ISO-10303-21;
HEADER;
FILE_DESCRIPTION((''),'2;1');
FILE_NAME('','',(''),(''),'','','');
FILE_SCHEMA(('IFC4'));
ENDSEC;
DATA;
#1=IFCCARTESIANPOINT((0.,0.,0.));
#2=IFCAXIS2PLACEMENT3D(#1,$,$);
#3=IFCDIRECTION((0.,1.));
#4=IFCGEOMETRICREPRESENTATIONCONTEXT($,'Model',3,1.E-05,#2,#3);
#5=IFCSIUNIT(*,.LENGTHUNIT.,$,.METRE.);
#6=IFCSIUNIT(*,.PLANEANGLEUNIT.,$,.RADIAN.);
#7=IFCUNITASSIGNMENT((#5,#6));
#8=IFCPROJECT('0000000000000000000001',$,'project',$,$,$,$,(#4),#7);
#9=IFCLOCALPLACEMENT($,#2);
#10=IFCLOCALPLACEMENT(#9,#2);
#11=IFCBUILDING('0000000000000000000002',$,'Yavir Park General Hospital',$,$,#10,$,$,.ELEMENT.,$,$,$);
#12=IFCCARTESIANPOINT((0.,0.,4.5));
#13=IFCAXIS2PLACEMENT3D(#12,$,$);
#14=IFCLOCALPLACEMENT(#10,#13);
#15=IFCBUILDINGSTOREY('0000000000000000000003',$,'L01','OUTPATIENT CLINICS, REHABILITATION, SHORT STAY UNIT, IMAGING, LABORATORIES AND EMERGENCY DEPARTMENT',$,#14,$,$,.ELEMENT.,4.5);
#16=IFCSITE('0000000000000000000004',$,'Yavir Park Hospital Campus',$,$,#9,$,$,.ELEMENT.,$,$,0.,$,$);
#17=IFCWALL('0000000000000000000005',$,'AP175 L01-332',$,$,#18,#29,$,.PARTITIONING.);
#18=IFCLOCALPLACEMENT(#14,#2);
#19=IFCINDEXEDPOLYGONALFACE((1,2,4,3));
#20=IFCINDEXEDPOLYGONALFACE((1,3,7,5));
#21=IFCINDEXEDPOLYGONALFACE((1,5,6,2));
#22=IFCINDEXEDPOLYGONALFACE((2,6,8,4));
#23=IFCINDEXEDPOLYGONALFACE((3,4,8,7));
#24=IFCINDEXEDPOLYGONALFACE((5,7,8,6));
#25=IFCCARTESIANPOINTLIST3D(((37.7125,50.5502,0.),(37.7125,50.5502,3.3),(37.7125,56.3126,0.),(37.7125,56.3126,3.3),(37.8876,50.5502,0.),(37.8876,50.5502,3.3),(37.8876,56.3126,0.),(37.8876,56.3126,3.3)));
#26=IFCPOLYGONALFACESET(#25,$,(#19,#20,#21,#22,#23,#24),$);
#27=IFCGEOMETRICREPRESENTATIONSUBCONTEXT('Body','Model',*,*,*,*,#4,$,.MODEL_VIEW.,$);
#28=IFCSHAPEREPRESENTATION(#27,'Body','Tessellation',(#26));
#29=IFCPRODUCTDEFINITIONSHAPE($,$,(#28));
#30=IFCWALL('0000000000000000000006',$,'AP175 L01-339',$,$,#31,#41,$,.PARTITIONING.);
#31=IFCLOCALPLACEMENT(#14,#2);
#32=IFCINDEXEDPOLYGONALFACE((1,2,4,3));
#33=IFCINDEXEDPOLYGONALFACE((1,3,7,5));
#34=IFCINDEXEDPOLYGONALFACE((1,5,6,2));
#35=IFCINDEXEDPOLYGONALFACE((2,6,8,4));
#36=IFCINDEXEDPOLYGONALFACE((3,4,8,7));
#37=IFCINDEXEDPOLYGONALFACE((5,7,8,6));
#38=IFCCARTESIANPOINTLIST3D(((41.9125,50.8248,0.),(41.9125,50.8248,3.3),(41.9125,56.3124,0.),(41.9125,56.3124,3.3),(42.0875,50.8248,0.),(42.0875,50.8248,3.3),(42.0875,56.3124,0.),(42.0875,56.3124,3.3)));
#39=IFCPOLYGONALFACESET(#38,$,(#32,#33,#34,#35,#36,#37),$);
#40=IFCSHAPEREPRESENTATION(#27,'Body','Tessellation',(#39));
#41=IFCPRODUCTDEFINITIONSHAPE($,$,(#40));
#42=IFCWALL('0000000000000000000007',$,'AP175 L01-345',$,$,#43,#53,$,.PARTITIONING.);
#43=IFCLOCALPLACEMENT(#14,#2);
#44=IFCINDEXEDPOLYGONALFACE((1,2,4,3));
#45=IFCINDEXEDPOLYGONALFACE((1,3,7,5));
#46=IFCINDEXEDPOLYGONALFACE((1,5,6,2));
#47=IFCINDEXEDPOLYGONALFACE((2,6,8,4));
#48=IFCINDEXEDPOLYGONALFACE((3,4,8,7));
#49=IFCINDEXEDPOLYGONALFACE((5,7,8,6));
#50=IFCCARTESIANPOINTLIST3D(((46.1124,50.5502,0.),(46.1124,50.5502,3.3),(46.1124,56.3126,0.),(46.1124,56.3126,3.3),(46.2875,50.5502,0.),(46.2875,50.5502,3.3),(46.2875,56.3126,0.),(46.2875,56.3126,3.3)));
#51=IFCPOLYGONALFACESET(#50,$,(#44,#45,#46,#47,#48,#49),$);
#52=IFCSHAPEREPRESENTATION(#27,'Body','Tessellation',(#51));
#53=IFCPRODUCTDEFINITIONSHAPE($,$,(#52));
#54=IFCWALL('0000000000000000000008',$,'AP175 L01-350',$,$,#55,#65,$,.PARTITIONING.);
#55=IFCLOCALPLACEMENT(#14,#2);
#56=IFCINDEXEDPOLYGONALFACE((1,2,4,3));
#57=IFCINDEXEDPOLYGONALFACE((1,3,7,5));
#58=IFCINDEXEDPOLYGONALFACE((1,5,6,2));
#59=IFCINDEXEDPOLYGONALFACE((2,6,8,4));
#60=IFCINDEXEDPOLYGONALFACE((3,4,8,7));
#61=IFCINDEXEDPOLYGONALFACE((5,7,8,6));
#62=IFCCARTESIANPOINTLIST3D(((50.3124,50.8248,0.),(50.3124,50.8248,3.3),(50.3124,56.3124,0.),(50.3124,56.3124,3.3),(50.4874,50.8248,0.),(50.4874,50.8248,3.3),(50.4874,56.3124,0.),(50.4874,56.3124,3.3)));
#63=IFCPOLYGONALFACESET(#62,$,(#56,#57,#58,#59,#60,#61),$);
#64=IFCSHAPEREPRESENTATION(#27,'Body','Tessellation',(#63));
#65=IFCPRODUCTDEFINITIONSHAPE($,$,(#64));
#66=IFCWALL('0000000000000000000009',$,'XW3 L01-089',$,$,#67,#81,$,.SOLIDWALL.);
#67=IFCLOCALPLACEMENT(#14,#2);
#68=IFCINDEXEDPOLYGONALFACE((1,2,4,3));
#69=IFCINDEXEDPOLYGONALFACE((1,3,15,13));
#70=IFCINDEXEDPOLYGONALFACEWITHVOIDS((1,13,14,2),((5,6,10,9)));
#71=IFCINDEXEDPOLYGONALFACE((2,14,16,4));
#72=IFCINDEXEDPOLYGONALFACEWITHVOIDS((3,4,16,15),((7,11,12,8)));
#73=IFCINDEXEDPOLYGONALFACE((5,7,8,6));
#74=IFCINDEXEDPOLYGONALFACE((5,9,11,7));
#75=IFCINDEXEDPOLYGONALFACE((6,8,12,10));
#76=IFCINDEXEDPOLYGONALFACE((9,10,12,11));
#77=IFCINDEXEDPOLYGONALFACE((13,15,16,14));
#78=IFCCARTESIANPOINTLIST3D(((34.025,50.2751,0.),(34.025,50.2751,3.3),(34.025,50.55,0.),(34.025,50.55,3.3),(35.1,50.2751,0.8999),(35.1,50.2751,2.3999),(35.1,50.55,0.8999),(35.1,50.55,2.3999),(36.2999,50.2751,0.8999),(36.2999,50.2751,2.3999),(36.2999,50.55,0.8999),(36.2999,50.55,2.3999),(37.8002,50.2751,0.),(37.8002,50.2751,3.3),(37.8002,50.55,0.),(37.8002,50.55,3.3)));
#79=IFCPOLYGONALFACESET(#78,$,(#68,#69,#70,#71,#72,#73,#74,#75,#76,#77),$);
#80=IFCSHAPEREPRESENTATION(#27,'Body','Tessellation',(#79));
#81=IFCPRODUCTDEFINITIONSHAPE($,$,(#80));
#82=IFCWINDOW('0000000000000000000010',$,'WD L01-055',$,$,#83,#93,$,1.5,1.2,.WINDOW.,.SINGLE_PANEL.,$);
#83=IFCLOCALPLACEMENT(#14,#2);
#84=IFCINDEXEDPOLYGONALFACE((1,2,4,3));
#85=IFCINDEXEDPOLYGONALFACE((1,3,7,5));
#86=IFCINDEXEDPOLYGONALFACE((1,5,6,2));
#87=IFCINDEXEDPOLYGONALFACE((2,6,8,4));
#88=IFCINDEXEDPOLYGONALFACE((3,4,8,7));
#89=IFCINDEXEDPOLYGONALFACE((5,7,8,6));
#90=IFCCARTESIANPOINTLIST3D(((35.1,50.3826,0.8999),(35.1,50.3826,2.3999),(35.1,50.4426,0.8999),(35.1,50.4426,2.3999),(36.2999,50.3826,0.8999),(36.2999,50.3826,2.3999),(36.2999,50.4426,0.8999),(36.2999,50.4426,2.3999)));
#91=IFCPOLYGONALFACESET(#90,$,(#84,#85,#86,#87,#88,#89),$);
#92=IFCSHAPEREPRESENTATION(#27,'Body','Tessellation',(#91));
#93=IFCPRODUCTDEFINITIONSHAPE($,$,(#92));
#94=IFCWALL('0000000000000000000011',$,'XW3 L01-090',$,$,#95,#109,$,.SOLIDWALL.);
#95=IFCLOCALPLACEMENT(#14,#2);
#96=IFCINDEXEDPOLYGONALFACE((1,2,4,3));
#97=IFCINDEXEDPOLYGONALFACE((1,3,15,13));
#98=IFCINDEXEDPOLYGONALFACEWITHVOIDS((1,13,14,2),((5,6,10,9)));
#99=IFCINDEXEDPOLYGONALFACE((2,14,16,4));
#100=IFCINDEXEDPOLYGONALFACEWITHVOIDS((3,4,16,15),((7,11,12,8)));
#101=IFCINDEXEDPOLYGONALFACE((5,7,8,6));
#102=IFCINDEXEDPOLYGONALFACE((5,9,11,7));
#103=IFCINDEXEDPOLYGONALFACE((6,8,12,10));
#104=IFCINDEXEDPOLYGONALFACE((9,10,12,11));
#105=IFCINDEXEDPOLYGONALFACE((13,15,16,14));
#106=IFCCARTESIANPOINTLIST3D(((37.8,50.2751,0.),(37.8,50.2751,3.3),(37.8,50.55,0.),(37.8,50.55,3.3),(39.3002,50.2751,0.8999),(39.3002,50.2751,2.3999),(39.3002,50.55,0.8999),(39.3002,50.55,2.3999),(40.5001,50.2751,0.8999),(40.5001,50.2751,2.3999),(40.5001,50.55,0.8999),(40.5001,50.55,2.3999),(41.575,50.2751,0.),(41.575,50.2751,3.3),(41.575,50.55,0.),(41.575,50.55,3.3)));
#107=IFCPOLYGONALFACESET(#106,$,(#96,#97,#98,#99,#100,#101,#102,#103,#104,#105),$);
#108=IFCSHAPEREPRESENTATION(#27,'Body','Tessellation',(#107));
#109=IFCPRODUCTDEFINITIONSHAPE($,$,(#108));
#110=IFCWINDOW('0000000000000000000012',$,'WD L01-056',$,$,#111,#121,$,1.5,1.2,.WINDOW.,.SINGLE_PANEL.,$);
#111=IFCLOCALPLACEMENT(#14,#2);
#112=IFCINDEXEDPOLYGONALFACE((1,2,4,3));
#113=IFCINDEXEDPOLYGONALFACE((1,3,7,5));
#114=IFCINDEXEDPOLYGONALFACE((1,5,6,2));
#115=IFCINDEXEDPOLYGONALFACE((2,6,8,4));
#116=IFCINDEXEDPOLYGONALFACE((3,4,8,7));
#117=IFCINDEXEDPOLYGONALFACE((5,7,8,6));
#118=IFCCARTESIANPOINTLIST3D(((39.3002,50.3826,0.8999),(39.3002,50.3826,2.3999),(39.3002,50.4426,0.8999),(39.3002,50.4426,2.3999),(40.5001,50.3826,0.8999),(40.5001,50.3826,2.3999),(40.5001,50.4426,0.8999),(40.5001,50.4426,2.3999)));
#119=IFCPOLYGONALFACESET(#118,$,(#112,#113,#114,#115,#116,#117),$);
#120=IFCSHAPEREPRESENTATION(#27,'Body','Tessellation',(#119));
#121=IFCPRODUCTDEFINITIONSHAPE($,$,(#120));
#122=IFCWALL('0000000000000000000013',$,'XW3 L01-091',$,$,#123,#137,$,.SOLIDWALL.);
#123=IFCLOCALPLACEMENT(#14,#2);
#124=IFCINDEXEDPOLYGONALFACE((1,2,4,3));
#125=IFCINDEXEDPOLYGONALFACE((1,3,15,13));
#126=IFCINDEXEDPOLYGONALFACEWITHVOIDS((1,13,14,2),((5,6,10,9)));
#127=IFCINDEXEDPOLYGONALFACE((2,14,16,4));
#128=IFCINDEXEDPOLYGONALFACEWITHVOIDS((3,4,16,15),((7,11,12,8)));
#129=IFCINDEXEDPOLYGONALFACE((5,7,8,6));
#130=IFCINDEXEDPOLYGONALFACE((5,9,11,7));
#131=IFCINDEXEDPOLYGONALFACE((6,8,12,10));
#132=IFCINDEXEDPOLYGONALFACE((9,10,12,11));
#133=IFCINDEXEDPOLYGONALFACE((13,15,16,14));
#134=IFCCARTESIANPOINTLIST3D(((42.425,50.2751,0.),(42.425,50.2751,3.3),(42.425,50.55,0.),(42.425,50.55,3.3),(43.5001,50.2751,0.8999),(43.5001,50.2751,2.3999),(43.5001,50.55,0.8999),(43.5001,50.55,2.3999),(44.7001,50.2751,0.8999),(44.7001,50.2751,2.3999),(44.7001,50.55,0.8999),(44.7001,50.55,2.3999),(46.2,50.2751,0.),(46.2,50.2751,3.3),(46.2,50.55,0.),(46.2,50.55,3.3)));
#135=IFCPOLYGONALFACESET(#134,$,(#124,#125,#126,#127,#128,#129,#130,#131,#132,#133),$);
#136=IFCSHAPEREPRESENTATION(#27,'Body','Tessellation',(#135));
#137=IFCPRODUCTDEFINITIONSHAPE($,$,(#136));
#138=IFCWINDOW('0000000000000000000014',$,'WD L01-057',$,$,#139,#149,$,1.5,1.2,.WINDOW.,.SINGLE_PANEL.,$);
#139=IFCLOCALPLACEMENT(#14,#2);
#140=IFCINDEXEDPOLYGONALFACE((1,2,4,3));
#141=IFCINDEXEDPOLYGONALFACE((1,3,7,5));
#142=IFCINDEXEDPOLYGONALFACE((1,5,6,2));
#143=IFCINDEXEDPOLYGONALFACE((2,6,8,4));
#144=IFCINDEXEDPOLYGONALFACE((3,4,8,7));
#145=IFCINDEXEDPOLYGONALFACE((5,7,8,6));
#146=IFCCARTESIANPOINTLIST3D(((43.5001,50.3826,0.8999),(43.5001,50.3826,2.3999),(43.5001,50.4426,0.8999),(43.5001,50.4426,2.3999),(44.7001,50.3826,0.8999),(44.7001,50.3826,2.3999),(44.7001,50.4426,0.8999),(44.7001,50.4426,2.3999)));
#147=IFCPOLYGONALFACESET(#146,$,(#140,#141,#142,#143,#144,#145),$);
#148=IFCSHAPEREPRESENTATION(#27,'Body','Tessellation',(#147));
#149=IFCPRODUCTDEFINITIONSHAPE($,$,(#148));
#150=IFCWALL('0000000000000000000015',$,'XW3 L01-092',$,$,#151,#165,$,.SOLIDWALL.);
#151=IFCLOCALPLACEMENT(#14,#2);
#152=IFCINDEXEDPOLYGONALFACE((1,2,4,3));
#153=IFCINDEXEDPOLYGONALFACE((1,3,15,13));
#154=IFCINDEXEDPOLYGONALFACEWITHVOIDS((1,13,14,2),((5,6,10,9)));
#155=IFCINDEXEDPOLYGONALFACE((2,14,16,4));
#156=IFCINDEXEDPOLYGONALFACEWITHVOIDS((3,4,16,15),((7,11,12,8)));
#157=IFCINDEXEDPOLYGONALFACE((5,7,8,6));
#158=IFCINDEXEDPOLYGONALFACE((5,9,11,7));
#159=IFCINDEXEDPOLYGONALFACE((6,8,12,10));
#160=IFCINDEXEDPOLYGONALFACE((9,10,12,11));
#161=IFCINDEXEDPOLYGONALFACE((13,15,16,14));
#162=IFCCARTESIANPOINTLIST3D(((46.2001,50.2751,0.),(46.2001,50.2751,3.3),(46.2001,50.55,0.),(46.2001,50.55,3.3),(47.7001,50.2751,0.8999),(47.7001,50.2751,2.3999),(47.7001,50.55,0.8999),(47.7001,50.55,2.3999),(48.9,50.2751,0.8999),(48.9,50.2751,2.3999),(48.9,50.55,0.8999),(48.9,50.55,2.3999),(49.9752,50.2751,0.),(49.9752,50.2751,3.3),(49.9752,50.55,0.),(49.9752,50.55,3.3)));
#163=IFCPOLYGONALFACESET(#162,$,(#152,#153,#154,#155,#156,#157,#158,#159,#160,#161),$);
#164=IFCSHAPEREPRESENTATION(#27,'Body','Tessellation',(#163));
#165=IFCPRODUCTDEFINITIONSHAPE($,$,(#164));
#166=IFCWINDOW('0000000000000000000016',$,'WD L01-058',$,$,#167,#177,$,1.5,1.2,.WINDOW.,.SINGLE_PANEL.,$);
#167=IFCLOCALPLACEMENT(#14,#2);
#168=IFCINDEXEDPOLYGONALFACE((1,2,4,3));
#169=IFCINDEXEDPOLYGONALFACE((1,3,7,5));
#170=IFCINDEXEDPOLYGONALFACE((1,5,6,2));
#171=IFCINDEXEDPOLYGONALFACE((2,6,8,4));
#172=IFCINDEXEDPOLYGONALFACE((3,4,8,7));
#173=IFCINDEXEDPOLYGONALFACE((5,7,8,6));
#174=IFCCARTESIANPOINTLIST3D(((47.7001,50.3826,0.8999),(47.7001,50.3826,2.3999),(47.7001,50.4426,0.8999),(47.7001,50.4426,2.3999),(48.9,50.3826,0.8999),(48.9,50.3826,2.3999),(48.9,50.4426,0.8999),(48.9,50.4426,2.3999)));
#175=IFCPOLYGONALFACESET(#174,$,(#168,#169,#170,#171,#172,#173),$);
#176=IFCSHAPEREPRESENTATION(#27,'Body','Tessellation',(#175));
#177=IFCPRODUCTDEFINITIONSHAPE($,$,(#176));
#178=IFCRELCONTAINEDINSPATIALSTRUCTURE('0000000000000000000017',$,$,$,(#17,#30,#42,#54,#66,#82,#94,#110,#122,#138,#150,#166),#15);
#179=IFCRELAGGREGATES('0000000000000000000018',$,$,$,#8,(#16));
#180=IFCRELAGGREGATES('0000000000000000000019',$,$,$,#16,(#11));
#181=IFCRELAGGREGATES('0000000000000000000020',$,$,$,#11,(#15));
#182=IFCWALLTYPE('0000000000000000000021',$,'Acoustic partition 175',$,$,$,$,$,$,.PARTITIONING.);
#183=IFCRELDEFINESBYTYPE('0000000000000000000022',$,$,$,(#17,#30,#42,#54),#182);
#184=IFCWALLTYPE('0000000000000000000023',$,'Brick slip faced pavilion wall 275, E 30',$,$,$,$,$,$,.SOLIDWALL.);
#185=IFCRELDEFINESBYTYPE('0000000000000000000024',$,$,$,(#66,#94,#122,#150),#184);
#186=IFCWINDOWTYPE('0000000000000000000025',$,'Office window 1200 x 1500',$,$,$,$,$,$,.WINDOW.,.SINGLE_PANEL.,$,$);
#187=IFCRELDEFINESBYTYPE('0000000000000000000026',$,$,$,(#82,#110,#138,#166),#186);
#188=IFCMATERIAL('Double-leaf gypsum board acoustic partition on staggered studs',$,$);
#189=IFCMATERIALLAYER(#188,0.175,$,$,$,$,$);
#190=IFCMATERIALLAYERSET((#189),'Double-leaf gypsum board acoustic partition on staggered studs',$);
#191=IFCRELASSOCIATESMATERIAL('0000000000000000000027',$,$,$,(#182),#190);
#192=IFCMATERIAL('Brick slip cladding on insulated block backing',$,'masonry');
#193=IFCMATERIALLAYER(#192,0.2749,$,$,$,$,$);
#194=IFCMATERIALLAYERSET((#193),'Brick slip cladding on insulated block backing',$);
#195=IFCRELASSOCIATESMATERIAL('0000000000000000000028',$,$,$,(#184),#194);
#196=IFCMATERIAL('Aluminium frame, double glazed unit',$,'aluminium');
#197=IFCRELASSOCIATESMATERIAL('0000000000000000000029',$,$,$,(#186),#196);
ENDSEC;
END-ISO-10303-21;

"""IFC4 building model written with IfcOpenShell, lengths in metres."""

from ifc_helpers import new_model, si_unit, direction, frame, frame_2d, origin, place, context, subcontext, project, spatial, rectangle, extrude, material, layer, layer_set, type_object, element, fill, save


model = new_model("IFC4")

# Units and contexts
model_context = context("Model", 3, precision=1e-05, world=origin(), true_north=direction((0.0, 1.0)))
body_context = subcontext(model_context, "Body", "Model", "MODEL_VIEW")
ifc_project = project(units=[si_unit("LENGTHUNIT", "METRE"), si_unit("PLANEANGLEUNIT", "RADIAN")], contexts=[model_context])

# Site, building, storey
site_placement = place(None, origin())
site = spatial("IfcSite", under=ifc_project, at=site_placement, Name="Yavir Park Hospital Campus", CompositionType="ELEMENT", RefElevation=0.0)
building_placement = place(site_placement, origin())
building = spatial("IfcBuilding", under=site, at=building_placement, Name="Yavir Park General Hospital", CompositionType="ELEMENT")
storey_placement = place(building_placement, frame((0.0, 0.0, 4.5)))
storey = spatial("IfcBuildingStorey", under=building, at=storey_placement, Name="L01", Description="OUTPATIENT CLINICS, REHABILITATION, SHORT STAY UNIT, IMAGING, LABORATORIES AND EMERGENCY DEPARTMENT", CompositionType="ELEMENT", Elevation=4.5)

# Walls
ifc_material_1 = material(Name="Double-leaf gypsum board acoustic partition on staggered studs")
ifc_layer_1 = layer(ifc_material_1, 0.175)
ifc_layer_set_1 = layer_set([ifc_layer_1], Name="Double-leaf gypsum board acoustic partition on staggered studs")
wall_type_1 = type_object("IfcWallType", Name="Acoustic partition 175", PredefinedType="PARTITIONING", material=ifc_layer_set_1)
wall_1_placement = place(storey_placement, frame((37.8, 50.55, 0.0), z_axis=(0.0, 0.0, 1.0), x_axis=(0.0, 1.0, 0.0)))
element("IfcWall", 1, at=wall_1_placement, inside=storey, type_object=wall_type_1, Name="AP175 L01-332", PredefinedType="PARTITIONING", context=body_context, shape_type="SweptSolid", body=[
    extrude(rectangle(XDim=5.7625, YDim=0.175, at=frame_2d((2.8813, 0.0))), origin(), (0.0, 0.0, 1.0), 3.3),
])
wall_2_placement = place(storey_placement, frame((42.0, 50.825, 0.0), z_axis=(0.0, 0.0, 1.0), x_axis=(0.0, 1.0, 0.0)))
element("IfcWall", 2, at=wall_2_placement, inside=storey, type_object=wall_type_1, Name="AP175 L01-339", PredefinedType="PARTITIONING", context=body_context, shape_type="SweptSolid", body=[
    extrude(rectangle(XDim=5.4875, YDim=0.175, at=frame_2d((2.7437, 0.0))), origin(), (0.0, 0.0, 1.0), 3.3),
])
wall_3_placement = place(storey_placement, frame((46.2, 50.55, 0.0), z_axis=(0.0, 0.0, 1.0), x_axis=(0.0, 1.0, 0.0)))
element("IfcWall", 3, at=wall_3_placement, inside=storey, type_object=wall_type_1, Name="AP175 L01-345", PredefinedType="PARTITIONING", context=body_context, shape_type="SweptSolid", body=[
    extrude(rectangle(XDim=5.7625, YDim=0.175, at=frame_2d((2.8813, 0.0))), origin(), (0.0, 0.0, 1.0), 3.3),
])
wall_4_placement = place(storey_placement, frame((50.3999, 50.825, 0.0), z_axis=(0.0, 0.0, 1.0), x_axis=(0.0, 1.0, 0.0)))
element("IfcWall", 4, at=wall_4_placement, inside=storey, type_object=wall_type_1, Name="AP175 L01-350", PredefinedType="PARTITIONING", context=body_context, shape_type="SweptSolid", body=[
    extrude(rectangle(XDim=5.4875, YDim=0.175, at=frame_2d((2.7437, 0.0))), origin(), (0.0, 0.0, 1.0), 3.3),
])

# Walls, openings, windows
ifc_material_2 = material(Name="Brick slip cladding on insulated block backing", Category="masonry")
ifc_layer_2 = layer(ifc_material_2, 0.2749)
ifc_layer_set_2 = layer_set([ifc_layer_2], Name="Brick slip cladding on insulated block backing")
wall_type_2 = type_object("IfcWallType", Name="Brick slip faced pavilion wall 275, E 30", PredefinedType="SOLIDWALL", material=ifc_layer_set_2)
wall_5_placement = place(storey_placement, frame((34.0249, 50.4126, 0.0), z_axis=(0.0, 0.0, 1.0), x_axis=(1.0, 0.0, 0.0)))
wall_5 = element("IfcWall", 5, at=wall_5_placement, inside=storey, type_object=wall_type_2, Name="XW3 L01-089", PredefinedType="SOLIDWALL", context=body_context, shape_type="SweptSolid", body=[
    extrude(rectangle(XDim=3.7751, YDim=0.2749, at=frame_2d((1.8877, 0.0))), origin(), (0.0, 0.0, 1.0), 3.3),
])
opening_1_placement = place(wall_5_placement, frame((1.075, 0.0, 0.8999)))
opening_1 = element("IfcOpeningElement", 6, at=opening_1_placement, cuts=wall_5, PredefinedType="OPENING", context=body_context, shape_type="SweptSolid", body=[
    extrude(rectangle(XDim=1.2, YDim=1.5, at=frame_2d((0.6001, 0.75))), frame((0.0, 0.1475, 0.0), z_axis=(0.0, -1.0, 0.0), x_axis=(1.0, 0.0, 0.0)), (0.0, 0.0, 1.0), 0.2949),
])
ifc_material_3 = material(Name="Aluminium frame, double glazed unit", Category="aluminium")
window_type = type_object("IfcWindowType", Name="Office window 1200 x 1500", PartitioningType="SINGLE_PANEL", PredefinedType="WINDOW", material=ifc_material_3)
window_1_placement = place(opening_1_placement, origin())
window_1 = element("IfcWindow", 7, at=window_1_placement, inside=storey, type_object=window_type, Name="WD L01-055", OverallHeight=1.5, OverallWidth=1.2, PartitioningType="SINGLE_PANEL", PredefinedType="WINDOW", context=body_context, shape_type="SweptSolid", body=[
    extrude(rectangle(XDim=1.2, YDim=1.5, at=frame_2d((0.6001, 0.75))), frame((0.0, 0.03, 0.0), z_axis=(0.0, -1.0, 0.0), x_axis=(1.0, 0.0, 0.0)), (0.0, 0.0, 1.0), 0.0601),
])
fill(opening_1, window_1)
wall_6_placement = place(storey_placement, frame((37.8, 50.4126, 0.0), z_axis=(0.0, 0.0, 1.0), x_axis=(1.0, 0.0, 0.0)))
wall_6 = element("IfcWall", 8, at=wall_6_placement, inside=storey, type_object=wall_type_2, Name="XW3 L01-090", PredefinedType="SOLIDWALL", context=body_context, shape_type="SweptSolid", body=[
    extrude(rectangle(XDim=3.7749, YDim=0.2749, at=frame_2d((1.8875, 0.0))), origin(), (0.0, 0.0, 1.0), 3.3),
])
opening_2_placement = place(wall_6_placement, frame((1.5, 0.0, 0.8999)))
opening_2 = element("IfcOpeningElement", 9, at=opening_2_placement, cuts=wall_6, PredefinedType="OPENING", context=body_context, shape_type="SweptSolid", body=[
    extrude(rectangle(XDim=1.2, YDim=1.5, at=frame_2d((0.6001, 0.75))), frame((0.0, 0.1475, 0.0), z_axis=(0.0, -1.0, 0.0), x_axis=(1.0, 0.0, 0.0)), (0.0, 0.0, 1.0), 0.2949),
])
window_2_placement = place(opening_2_placement, origin())
window_2 = element("IfcWindow", 10, at=window_2_placement, inside=storey, type_object=window_type, Name="WD L01-056", OverallHeight=1.5, OverallWidth=1.2, PartitioningType="SINGLE_PANEL", PredefinedType="WINDOW", context=body_context, shape_type="SweptSolid", body=[
    extrude(rectangle(XDim=1.2, YDim=1.5, at=frame_2d((0.6001, 0.75))), frame((0.0, 0.03, 0.0), z_axis=(0.0, -1.0, 0.0), x_axis=(1.0, 0.0, 0.0)), (0.0, 0.0, 1.0), 0.0601),
])
fill(opening_2, window_2)
wall_7_placement = place(storey_placement, frame((42.425, 50.4126, 0.0), z_axis=(0.0, 0.0, 1.0), x_axis=(1.0, 0.0, 0.0)))
wall_7 = element("IfcWall", 11, at=wall_7_placement, inside=storey, type_object=wall_type_2, Name="XW3 L01-091", PredefinedType="SOLIDWALL", context=body_context, shape_type="SweptSolid", body=[
    extrude(rectangle(XDim=3.7749, YDim=0.2749, at=frame_2d((1.8875, 0.0))), origin(), (0.0, 0.0, 1.0), 3.3),
])
opening_3_placement = place(wall_7_placement, frame((1.075, 0.0, 0.8999)))
opening_3 = element("IfcOpeningElement", 12, at=opening_3_placement, cuts=wall_7, PredefinedType="OPENING", context=body_context, shape_type="SweptSolid", body=[
    extrude(rectangle(XDim=1.2, YDim=1.5, at=frame_2d((0.6001, 0.75))), frame((0.0, 0.1475, 0.0), z_axis=(0.0, -1.0, 0.0), x_axis=(1.0, 0.0, 0.0)), (0.0, 0.0, 1.0), 0.2949),
])
window_3_placement = place(opening_3_placement, origin())
window_3 = element("IfcWindow", 13, at=window_3_placement, inside=storey, type_object=window_type, Name="WD L01-057", OverallHeight=1.5, OverallWidth=1.2, PartitioningType="SINGLE_PANEL", PredefinedType="WINDOW", context=body_context, shape_type="SweptSolid", body=[
    extrude(rectangle(XDim=1.2, YDim=1.5, at=frame_2d((0.6001, 0.75))), frame((0.0, 0.03, 0.0), z_axis=(0.0, -1.0, 0.0), x_axis=(1.0, 0.0, 0.0)), (0.0, 0.0, 1.0), 0.0601),
])
fill(opening_3, window_3)
wall_8_placement = place(storey_placement, frame((46.2, 50.4126, 0.0), z_axis=(0.0, 0.0, 1.0), x_axis=(1.0, 0.0, 0.0)))
wall_8 = element("IfcWall", 14, at=wall_8_placement, inside=storey, type_object=wall_type_2, Name="XW3 L01-092", PredefinedType="SOLIDWALL", context=body_context, shape_type="SweptSolid", body=[
    extrude(rectangle(XDim=3.7751, YDim=0.2749, at=frame_2d((1.8877, 0.0))), origin(), (0.0, 0.0, 1.0), 3.3),
])
opening_4_placement = place(wall_8_placement, frame((1.5, 0.0, 0.8999)))
opening_4 = element("IfcOpeningElement", 15, at=opening_4_placement, cuts=wall_8, PredefinedType="OPENING", context=body_context, shape_type="SweptSolid", body=[
    extrude(rectangle(XDim=1.2, YDim=1.5, at=frame_2d((0.6001, 0.75))), frame((0.0, 0.1475, 0.0), z_axis=(0.0, -1.0, 0.0), x_axis=(1.0, 0.0, 0.0)), (0.0, 0.0, 1.0), 0.2949),
])
window_4_placement = place(opening_4_placement, origin())
window_4 = element("IfcWindow", 16, at=window_4_placement, inside=storey, type_object=window_type, Name="WD L01-058", OverallHeight=1.5, OverallWidth=1.2, PartitioningType="SINGLE_PANEL", PredefinedType="WINDOW", context=body_context, shape_type="SweptSolid", body=[
    extrude(rectangle(XDim=1.2, YDim=1.5, at=frame_2d((0.6001, 0.75))), frame((0.0, 0.03, 0.0), z_axis=(0.0, -1.0, 0.0), x_axis=(1.0, 0.0, 0.0)), (0.0, 0.0, 1.0), 0.0601),
])
fill(opening_4, window_4)

save(model, "model.ifc")
